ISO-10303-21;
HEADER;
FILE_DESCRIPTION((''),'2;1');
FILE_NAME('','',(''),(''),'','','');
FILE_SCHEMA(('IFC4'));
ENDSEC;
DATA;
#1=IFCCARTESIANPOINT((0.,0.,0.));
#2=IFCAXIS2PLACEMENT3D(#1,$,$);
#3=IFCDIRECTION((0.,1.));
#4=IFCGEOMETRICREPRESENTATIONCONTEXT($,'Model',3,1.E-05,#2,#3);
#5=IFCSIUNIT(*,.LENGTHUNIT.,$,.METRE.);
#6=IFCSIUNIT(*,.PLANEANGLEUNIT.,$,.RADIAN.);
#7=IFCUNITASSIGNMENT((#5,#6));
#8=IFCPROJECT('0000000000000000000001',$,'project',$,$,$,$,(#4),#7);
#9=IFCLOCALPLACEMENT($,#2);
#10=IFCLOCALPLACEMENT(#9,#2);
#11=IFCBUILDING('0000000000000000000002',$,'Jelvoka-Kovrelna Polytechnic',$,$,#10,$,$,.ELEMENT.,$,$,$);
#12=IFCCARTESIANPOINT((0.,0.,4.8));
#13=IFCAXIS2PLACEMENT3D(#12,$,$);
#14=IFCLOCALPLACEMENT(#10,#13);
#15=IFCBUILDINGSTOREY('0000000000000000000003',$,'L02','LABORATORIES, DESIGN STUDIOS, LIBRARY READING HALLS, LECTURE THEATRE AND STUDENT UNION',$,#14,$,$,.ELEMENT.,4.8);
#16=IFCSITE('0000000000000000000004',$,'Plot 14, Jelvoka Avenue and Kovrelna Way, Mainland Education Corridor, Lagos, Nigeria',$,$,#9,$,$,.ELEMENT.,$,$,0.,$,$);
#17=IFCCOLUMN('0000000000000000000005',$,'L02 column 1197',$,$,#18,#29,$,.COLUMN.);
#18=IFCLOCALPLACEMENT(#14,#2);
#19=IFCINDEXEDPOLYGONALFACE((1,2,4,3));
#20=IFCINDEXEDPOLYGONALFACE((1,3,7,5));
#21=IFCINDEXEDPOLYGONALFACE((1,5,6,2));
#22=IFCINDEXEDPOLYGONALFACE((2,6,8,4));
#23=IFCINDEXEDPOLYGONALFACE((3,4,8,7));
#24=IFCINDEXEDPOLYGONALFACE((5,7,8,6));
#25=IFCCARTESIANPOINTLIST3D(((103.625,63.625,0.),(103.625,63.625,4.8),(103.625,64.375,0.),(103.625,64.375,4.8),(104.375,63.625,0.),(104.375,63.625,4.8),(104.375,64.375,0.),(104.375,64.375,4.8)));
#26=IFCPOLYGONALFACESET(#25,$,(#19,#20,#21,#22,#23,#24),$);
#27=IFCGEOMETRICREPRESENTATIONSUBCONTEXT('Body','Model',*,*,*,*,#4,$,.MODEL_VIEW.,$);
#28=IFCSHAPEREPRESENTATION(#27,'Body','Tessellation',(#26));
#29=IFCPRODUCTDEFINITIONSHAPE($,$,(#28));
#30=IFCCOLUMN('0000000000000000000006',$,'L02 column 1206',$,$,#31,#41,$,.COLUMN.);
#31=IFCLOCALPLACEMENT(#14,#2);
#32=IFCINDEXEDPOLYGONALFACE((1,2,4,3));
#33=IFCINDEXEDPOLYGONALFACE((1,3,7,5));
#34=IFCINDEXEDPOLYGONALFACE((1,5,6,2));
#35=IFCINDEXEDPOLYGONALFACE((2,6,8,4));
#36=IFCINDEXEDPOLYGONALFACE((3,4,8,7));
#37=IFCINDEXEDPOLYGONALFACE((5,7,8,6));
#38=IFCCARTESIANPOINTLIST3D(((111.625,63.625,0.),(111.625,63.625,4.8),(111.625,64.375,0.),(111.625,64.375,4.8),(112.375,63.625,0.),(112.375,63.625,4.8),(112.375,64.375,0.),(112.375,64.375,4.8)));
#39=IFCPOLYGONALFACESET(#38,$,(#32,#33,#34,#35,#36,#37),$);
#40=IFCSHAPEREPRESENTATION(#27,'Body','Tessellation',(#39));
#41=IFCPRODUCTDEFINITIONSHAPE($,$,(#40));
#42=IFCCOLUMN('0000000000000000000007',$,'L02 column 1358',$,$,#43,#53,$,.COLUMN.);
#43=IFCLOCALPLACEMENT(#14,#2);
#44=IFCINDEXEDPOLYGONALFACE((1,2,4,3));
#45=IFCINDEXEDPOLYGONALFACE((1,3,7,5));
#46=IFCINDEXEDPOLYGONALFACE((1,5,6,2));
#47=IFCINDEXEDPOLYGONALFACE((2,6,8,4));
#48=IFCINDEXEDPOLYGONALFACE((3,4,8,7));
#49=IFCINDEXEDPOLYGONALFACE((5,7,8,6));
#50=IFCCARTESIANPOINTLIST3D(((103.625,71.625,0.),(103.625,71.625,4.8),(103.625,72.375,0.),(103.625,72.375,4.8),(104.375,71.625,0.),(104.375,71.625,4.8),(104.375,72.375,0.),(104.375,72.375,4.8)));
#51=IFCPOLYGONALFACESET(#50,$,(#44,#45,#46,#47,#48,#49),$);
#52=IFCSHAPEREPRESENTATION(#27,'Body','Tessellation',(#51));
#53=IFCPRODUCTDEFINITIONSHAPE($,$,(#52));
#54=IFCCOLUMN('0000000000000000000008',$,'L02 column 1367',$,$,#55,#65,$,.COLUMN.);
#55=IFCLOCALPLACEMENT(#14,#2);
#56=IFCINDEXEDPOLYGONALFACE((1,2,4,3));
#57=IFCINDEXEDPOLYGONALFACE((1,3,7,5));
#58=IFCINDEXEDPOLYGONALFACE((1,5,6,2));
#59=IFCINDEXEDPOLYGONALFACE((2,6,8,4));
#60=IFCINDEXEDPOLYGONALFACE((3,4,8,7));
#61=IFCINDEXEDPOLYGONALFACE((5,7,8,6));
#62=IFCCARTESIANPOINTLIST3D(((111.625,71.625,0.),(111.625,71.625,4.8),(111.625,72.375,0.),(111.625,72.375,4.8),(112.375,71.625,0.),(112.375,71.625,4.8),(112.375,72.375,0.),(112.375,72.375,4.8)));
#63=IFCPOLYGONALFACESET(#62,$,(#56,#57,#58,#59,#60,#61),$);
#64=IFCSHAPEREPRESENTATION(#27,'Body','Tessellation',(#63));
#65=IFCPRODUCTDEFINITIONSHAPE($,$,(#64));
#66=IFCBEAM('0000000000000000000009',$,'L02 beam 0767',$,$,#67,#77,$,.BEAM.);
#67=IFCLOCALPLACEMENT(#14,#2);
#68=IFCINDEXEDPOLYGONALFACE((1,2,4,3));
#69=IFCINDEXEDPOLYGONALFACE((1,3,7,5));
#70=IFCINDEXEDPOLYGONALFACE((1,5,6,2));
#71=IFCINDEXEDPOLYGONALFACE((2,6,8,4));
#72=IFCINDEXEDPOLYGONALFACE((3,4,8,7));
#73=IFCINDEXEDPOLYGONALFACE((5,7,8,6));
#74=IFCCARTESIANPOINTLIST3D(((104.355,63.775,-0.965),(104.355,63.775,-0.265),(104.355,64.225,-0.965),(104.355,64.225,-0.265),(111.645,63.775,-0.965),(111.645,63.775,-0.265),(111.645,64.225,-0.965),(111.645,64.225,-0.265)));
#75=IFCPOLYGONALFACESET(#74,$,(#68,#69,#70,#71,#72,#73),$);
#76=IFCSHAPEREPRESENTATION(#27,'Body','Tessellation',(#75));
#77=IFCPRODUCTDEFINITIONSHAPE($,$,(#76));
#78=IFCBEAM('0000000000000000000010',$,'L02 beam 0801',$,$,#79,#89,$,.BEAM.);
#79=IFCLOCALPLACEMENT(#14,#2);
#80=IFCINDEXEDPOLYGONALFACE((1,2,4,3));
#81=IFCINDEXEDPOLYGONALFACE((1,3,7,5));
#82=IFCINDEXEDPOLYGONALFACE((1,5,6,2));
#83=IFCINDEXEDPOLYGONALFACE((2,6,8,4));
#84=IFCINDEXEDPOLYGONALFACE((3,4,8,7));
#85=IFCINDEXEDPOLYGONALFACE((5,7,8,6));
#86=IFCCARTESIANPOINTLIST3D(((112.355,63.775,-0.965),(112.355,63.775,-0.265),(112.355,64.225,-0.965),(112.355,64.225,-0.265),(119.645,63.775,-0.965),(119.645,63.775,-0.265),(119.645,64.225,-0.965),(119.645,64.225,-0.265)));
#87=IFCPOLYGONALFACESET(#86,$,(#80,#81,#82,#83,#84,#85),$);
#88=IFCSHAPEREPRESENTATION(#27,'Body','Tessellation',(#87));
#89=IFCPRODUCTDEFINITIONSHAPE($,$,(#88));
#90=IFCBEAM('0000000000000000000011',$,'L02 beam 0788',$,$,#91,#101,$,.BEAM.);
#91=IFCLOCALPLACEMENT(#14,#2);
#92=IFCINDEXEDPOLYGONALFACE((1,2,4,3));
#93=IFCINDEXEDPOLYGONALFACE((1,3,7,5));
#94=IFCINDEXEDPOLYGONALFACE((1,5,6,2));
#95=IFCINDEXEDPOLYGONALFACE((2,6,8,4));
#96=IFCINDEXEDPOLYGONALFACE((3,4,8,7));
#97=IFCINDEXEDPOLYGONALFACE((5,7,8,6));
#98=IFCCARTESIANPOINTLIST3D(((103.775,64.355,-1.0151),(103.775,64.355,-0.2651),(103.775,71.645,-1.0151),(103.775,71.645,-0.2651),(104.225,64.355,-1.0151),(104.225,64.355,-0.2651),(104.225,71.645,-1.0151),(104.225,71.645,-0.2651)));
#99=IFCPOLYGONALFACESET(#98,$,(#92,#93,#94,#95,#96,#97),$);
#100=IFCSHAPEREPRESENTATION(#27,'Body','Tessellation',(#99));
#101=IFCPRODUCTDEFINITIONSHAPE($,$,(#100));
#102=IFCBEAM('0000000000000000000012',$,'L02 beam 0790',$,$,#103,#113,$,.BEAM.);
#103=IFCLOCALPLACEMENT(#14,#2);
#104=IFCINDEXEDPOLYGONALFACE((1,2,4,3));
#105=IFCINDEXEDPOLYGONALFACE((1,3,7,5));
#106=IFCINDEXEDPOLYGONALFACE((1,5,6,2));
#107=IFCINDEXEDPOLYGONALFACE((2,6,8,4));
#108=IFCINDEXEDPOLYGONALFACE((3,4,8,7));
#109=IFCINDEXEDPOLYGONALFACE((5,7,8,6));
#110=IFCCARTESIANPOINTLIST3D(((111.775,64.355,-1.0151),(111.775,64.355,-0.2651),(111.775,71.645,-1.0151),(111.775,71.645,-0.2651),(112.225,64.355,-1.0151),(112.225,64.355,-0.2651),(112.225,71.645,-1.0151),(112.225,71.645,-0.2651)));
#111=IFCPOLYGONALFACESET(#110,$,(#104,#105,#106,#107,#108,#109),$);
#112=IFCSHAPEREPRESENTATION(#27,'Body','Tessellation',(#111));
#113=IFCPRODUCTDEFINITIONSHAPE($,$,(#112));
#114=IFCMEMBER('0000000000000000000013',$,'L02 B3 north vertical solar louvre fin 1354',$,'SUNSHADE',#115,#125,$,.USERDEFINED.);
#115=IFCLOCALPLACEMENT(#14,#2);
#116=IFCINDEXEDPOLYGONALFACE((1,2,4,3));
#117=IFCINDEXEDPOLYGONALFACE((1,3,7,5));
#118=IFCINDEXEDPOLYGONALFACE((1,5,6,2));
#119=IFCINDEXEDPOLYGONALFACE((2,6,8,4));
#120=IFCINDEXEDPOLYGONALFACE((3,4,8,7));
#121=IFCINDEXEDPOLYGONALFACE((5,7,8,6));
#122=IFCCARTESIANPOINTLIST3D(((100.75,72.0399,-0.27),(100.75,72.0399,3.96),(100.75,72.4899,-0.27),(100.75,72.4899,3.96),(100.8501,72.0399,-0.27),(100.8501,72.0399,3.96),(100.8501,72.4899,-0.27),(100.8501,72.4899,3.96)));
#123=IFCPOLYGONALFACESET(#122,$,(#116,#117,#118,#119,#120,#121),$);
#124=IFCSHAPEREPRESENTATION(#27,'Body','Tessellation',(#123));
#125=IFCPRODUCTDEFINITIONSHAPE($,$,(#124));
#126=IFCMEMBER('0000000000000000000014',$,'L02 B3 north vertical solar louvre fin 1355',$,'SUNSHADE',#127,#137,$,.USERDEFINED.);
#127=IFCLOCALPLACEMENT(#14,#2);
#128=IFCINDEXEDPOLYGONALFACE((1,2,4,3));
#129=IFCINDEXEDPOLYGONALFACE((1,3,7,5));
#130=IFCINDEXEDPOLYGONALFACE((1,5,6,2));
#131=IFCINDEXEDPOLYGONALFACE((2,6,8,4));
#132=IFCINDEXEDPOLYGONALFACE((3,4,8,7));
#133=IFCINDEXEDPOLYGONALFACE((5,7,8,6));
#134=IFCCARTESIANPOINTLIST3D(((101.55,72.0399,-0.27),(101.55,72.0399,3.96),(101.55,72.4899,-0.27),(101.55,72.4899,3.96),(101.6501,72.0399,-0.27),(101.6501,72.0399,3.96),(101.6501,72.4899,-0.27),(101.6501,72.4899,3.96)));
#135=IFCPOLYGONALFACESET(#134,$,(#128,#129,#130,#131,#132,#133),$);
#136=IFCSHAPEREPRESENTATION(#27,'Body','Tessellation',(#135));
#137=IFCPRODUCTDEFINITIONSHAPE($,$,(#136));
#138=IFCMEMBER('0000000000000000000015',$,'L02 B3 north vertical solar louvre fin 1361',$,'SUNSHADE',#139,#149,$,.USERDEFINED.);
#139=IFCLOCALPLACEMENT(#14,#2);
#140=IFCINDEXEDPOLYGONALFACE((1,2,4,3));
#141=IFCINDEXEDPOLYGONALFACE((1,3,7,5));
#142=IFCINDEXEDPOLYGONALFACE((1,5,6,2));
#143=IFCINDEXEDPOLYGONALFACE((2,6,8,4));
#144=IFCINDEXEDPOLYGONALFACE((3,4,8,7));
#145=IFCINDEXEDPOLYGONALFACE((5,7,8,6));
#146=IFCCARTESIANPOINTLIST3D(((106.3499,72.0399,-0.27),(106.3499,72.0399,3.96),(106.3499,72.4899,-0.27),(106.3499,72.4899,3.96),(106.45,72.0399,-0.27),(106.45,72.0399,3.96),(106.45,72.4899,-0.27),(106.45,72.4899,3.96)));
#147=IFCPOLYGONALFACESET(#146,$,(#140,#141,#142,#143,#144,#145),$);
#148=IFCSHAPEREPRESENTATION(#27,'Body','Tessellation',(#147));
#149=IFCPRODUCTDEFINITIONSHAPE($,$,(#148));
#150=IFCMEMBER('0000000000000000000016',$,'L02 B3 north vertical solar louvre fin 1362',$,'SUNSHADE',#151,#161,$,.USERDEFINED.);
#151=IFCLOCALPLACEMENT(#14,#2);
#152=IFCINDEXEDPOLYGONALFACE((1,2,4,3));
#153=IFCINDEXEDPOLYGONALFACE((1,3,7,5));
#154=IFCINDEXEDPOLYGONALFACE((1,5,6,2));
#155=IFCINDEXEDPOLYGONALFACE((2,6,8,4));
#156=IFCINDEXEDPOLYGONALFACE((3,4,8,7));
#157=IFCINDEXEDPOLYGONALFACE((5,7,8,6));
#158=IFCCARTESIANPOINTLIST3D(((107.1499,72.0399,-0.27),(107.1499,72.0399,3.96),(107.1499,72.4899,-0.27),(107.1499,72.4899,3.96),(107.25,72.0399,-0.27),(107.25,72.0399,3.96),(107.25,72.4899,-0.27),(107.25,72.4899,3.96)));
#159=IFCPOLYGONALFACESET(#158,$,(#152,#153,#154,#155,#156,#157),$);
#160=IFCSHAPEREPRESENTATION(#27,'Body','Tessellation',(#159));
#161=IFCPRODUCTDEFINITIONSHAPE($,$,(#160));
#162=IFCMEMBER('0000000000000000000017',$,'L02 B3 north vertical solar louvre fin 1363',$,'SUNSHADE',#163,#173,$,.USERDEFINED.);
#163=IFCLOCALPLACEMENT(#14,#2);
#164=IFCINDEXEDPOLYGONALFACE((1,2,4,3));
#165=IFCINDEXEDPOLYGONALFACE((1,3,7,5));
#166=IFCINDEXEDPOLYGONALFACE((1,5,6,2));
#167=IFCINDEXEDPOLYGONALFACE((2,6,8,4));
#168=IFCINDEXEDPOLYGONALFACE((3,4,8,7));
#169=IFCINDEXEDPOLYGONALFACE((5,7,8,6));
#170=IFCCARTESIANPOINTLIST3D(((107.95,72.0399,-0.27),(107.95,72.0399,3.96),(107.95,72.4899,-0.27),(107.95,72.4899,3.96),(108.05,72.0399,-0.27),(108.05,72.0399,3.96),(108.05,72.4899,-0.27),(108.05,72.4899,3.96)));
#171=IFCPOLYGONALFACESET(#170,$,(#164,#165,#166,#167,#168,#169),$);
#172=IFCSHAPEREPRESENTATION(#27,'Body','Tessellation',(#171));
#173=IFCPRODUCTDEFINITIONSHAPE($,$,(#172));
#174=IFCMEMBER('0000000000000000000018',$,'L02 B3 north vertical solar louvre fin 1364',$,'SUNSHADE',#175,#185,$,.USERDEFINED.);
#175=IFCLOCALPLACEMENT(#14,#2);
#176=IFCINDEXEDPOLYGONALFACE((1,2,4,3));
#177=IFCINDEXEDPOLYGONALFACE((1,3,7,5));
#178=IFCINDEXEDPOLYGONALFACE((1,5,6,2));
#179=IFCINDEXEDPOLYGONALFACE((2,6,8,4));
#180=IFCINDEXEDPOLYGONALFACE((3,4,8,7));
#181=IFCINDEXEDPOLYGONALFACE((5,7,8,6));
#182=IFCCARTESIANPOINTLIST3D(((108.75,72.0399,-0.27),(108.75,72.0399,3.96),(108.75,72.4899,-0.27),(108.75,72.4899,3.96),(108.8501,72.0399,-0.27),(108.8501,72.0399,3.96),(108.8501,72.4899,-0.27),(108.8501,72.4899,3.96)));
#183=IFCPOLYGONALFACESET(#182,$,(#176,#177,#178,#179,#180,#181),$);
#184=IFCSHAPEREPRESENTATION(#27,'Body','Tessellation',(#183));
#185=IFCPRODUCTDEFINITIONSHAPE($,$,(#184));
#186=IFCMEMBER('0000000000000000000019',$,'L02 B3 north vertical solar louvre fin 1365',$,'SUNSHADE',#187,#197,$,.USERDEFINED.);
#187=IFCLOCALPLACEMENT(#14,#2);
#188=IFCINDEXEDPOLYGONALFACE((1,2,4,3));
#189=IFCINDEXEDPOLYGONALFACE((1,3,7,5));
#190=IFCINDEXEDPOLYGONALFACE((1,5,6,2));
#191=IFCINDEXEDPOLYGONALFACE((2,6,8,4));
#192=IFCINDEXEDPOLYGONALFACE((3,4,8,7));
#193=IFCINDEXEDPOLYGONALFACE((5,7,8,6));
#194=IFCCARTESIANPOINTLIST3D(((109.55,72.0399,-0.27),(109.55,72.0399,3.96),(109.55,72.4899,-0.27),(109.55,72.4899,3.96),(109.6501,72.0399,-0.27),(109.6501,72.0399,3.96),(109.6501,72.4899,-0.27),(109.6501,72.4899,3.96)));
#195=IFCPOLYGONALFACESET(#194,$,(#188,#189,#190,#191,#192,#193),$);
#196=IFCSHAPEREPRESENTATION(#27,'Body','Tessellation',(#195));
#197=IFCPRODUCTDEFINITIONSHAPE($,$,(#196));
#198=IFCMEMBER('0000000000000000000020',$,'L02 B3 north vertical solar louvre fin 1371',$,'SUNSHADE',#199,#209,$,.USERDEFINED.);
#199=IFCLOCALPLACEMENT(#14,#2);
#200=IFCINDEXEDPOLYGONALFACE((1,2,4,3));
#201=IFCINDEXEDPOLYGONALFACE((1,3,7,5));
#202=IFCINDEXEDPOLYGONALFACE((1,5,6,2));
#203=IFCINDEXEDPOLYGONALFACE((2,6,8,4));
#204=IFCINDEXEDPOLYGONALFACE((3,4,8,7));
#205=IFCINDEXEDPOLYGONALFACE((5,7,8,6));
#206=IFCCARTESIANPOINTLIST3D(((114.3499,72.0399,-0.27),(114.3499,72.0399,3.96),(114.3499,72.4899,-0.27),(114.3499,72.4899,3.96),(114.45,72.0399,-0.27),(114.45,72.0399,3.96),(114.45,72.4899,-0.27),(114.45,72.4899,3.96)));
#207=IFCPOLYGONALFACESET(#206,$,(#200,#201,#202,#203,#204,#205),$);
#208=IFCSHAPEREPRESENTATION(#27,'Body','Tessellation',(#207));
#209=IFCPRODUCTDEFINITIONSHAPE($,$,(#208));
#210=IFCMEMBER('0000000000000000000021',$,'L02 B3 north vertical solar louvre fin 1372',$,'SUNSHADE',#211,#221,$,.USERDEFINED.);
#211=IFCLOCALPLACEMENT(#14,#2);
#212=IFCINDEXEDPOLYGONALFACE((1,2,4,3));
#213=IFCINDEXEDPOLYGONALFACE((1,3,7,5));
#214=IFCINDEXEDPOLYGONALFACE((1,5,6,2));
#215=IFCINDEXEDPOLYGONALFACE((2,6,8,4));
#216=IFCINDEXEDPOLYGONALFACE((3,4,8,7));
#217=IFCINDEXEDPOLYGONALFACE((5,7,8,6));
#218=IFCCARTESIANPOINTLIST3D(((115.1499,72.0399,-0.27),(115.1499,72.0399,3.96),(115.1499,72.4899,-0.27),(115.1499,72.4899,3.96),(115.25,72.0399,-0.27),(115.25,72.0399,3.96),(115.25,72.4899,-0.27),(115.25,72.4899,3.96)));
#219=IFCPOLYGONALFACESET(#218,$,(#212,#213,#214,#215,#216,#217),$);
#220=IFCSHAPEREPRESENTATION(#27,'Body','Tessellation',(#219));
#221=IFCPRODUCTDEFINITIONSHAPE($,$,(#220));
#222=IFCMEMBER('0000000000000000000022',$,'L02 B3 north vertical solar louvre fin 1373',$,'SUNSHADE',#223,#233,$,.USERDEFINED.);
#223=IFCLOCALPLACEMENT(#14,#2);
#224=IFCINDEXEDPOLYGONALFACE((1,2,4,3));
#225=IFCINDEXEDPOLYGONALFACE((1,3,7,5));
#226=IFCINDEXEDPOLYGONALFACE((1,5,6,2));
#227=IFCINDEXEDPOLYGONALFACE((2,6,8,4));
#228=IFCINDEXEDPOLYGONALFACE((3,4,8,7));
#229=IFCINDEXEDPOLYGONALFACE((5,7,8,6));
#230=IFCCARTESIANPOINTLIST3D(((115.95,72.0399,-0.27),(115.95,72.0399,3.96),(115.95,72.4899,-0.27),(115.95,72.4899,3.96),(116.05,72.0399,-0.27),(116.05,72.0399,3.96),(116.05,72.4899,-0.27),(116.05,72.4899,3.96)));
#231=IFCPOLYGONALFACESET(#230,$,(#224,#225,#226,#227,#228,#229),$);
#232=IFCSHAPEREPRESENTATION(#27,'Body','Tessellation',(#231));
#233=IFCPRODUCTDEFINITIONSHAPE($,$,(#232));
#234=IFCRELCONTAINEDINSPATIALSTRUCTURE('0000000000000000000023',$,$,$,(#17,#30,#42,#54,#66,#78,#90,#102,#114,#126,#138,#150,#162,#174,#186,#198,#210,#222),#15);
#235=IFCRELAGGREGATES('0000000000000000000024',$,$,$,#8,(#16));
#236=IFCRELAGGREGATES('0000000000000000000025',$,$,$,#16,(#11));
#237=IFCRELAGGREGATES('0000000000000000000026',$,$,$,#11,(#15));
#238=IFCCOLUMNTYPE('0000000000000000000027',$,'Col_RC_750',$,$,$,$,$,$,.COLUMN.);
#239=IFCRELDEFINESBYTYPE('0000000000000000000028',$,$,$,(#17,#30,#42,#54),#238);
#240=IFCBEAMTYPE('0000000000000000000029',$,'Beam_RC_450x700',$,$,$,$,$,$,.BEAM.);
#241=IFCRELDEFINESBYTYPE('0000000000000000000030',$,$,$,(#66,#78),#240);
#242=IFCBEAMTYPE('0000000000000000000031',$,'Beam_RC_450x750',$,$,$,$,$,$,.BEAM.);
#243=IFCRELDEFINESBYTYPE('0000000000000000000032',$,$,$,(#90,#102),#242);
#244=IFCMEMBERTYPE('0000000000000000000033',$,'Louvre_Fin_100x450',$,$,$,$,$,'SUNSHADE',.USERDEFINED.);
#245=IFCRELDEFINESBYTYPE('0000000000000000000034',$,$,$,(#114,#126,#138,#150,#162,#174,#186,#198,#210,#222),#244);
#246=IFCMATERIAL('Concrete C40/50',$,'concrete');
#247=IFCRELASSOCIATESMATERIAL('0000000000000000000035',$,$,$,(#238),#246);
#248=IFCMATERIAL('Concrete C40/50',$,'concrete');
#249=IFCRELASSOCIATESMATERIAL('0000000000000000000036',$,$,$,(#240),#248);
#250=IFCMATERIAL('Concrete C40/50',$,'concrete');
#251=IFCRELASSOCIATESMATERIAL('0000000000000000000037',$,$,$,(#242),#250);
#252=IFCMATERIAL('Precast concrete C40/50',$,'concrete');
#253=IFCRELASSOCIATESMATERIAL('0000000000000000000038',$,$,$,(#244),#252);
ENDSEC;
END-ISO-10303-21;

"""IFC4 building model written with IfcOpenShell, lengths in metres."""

from ifc_helpers import new_model, si_unit, direction, frame, origin, origin_2d, place, context, subcontext, project, spatial, rectangle, extrude, material, material_profile, profile_set, type_object, element, save


model = new_model("IFC4")

# Units and contexts
model_context = context("Model", 3, precision=1e-05, world=origin(), true_north=direction((0.0, 1.0)))
body_context = subcontext(model_context, "Body", "Model", "MODEL_VIEW")
ifc_project = project(units=[si_unit("LENGTHUNIT", "METRE"), si_unit("PLANEANGLEUNIT", "RADIAN")], contexts=[model_context])

# Site, building, storey
site_placement = place(None, origin())
site = spatial("IfcSite", under=ifc_project, at=site_placement, Name="Plot 14, Jelvoka Avenue and Kovrelna Way, Mainland Education Corridor, Lagos, Nigeria", CompositionType="ELEMENT", RefElevation=0.0)
building_placement = place(site_placement, origin())
building = spatial("IfcBuilding", under=site, at=building_placement, Name="Jelvoka-Kovrelna Polytechnic", CompositionType="ELEMENT")
storey_placement = place(building_placement, frame((0.0, 0.0, 4.8)))
storey = spatial("IfcBuildingStorey", under=building, at=storey_placement, Name="L02", Description="LABORATORIES, DESIGN STUDIOS, LIBRARY READING HALLS, LECTURE THEATRE AND STUDENT UNION", CompositionType="ELEMENT", Elevation=4.8)

# Columns
ifc_material_1 = material(Name="Concrete C40/50", Category="concrete")
ifc_material_profile_1 = material_profile(ifc_material_1, rectangle(XDim=0.75, YDim=0.75, at=origin_2d()), Name="RC 750x750")
ifc_profile_set_1 = profile_set([ifc_material_profile_1], Name="Concrete C40/50")
column_type = type_object("IfcColumnType", Name="Col_RC_750", PredefinedType="COLUMN", material=ifc_profile_set_1)
for number, where, z_axis, x_axis, name in (
    (1, (104.0, 64.0, 0.0), (0.0, 0.0, 1.0), (1.0, 0.0, 0.0), "L02 column 1197"),
    (2, (112.0, 64.0, 0.0), (0.0, 0.0, 1.0), (1.0, 0.0, 0.0), "L02 column 1206"),
    (3, (104.0, 72.0, 0.0), (0.0, 0.0, 1.0), (1.0, 0.0, 0.0), "L02 column 1358"),
    (4, (112.0, 72.0, 0.0), (0.0, 0.0, 1.0), (1.0, 0.0, 0.0), "L02 column 1367"),
):
    element("IfcColumn", number, at=place(storey_placement, frame(where, z_axis=z_axis, x_axis=x_axis)), inside=storey, type_object=column_type, Name=name, PredefinedType="COLUMN", context=body_context, shape_type="SweptSolid", body=[
        extrude(rectangle(XDim=0.75, YDim=0.75, at=origin_2d()), origin(), (0.0, 0.0, 1.0), 4.8),
    ])

# Beams
ifc_material_2 = material(Name="Concrete C40/50", Category="concrete")
ifc_material_profile_2 = material_profile(ifc_material_2, rectangle(XDim=0.45, YDim=0.7, at=origin_2d()), Name="RC 450x700")
ifc_profile_set_2 = profile_set([ifc_material_profile_2], Name="Concrete C40/50")
beam_type_1 = type_object("IfcBeamType", Name="Beam_RC_450x700", PredefinedType="BEAM", material=ifc_profile_set_2)
for number, where, z_axis, x_axis, name in (
    (5, (104.355, 64.0, -0.615), (1.0, 0.0, 0.0), (0.0, 1.0, 0.0), "L02 beam 0767"),
    (6, (112.355, 64.0, -0.615), (1.0, 0.0, 0.0), (0.0, 1.0, 0.0), "L02 beam 0801"),
):
    element("IfcBeam", number, at=place(storey_placement, frame(where, z_axis=z_axis, x_axis=x_axis)), inside=storey, type_object=beam_type_1, Name=name, PredefinedType="BEAM", context=body_context, shape_type="SweptSolid", body=[
        extrude(rectangle(XDim=0.45, YDim=0.7, at=origin_2d()), origin(), (0.0, 0.0, 1.0), 7.29),
    ])
ifc_material_3 = material(Name="Concrete C40/50", Category="concrete")
ifc_material_profile_3 = material_profile(ifc_material_3, rectangle(XDim=0.45, YDim=0.75, at=origin_2d()), Name="RC 450x750")
ifc_profile_set_3 = profile_set([ifc_material_profile_3], Name="Concrete C40/50")
beam_type_2 = type_object("IfcBeamType", Name="Beam_RC_450x750", PredefinedType="BEAM", material=ifc_profile_set_3)
for number, where, z_axis, x_axis, name in (
    (7, (104.0, 64.355, -0.6401), (0.0, 1.0, 0.0), (-1.0, 0.0, 0.0), "L02 beam 0788"),
    (8, (112.0, 64.355, -0.6401), (0.0, 1.0, 0.0), (-1.0, 0.0, 0.0), "L02 beam 0790"),
):
    element("IfcBeam", number, at=place(storey_placement, frame(where, z_axis=z_axis, x_axis=x_axis)), inside=storey, type_object=beam_type_2, Name=name, PredefinedType="BEAM", context=body_context, shape_type="SweptSolid", body=[
        extrude(rectangle(XDim=0.45, YDim=0.75, at=origin_2d()), origin(), (0.0, 0.0, 1.0), 7.29),
    ])

# Members
ifc_material_4 = material(Name="Precast concrete C40/50", Category="concrete")
ifc_material_profile_4 = material_profile(ifc_material_4, rectangle(XDim=0.1001, YDim=0.45, at=origin_2d()), Name="PC 100x450")
ifc_profile_set_4 = profile_set([ifc_material_profile_4], Name="Precast concrete C40/50")
member_type = type_object("IfcMemberType", Name="Louvre_Fin_100x450", ElementType="SUNSHADE", PredefinedType="USERDEFINED", material=ifc_profile_set_4)
for number, where, z_axis, x_axis, name in (
    (9, (100.8, 72.2649, -0.27), (0.0, 0.0, 1.0), (1.0, 0.0, 0.0), "L02 B3 north vertical solar louvre fin 1354"),
    (10, (101.6001, 72.2649, -0.27), (0.0, 0.0, 1.0), (1.0, 0.0, 0.0), "L02 B3 north vertical solar louvre fin 1355"),
    (11, (106.3999, 72.2649, -0.27), (0.0, 0.0, 1.0), (1.0, 0.0, 0.0), "L02 B3 north vertical solar louvre fin 1361"),
    (12, (107.2, 72.2649, -0.27), (0.0, 0.0, 1.0), (1.0, 0.0, 0.0), "L02 B3 north vertical solar louvre fin 1362"),
    (13, (108.0, 72.2649, -0.27), (0.0, 0.0, 1.0), (1.0, 0.0, 0.0), "L02 B3 north vertical solar louvre fin 1363"),
    (14, (108.8, 72.2649, -0.27), (0.0, 0.0, 1.0), (1.0, 0.0, 0.0), "L02 B3 north vertical solar louvre fin 1364"),
    (15, (109.6001, 72.2649, -0.27), (0.0, 0.0, 1.0), (1.0, 0.0, 0.0), "L02 B3 north vertical solar louvre fin 1365"),
    (16, (114.3999, 72.2649, -0.27), (0.0, 0.0, 1.0), (1.0, 0.0, 0.0), "L02 B3 north vertical solar louvre fin 1371"),
    (17, (115.2, 72.2649, -0.27), (0.0, 0.0, 1.0), (1.0, 0.0, 0.0), "L02 B3 north vertical solar louvre fin 1372"),
    (18, (116.0, 72.2649, -0.27), (0.0, 0.0, 1.0), (1.0, 0.0, 0.0), "L02 B3 north vertical solar louvre fin 1373"),
):
    element("IfcMember", number, at=place(storey_placement, frame(where, z_axis=z_axis, x_axis=x_axis)), inside=storey, type_object=member_type, Name=name, ObjectType="SUNSHADE", PredefinedType="USERDEFINED", context=body_context, shape_type="SweptSolid", body=[
        extrude(rectangle(XDim=0.1001, YDim=0.45, at=origin_2d()), origin(), (0.0, 0.0, 1.0), 4.23),
    ])

save(model, "model.ifc")
